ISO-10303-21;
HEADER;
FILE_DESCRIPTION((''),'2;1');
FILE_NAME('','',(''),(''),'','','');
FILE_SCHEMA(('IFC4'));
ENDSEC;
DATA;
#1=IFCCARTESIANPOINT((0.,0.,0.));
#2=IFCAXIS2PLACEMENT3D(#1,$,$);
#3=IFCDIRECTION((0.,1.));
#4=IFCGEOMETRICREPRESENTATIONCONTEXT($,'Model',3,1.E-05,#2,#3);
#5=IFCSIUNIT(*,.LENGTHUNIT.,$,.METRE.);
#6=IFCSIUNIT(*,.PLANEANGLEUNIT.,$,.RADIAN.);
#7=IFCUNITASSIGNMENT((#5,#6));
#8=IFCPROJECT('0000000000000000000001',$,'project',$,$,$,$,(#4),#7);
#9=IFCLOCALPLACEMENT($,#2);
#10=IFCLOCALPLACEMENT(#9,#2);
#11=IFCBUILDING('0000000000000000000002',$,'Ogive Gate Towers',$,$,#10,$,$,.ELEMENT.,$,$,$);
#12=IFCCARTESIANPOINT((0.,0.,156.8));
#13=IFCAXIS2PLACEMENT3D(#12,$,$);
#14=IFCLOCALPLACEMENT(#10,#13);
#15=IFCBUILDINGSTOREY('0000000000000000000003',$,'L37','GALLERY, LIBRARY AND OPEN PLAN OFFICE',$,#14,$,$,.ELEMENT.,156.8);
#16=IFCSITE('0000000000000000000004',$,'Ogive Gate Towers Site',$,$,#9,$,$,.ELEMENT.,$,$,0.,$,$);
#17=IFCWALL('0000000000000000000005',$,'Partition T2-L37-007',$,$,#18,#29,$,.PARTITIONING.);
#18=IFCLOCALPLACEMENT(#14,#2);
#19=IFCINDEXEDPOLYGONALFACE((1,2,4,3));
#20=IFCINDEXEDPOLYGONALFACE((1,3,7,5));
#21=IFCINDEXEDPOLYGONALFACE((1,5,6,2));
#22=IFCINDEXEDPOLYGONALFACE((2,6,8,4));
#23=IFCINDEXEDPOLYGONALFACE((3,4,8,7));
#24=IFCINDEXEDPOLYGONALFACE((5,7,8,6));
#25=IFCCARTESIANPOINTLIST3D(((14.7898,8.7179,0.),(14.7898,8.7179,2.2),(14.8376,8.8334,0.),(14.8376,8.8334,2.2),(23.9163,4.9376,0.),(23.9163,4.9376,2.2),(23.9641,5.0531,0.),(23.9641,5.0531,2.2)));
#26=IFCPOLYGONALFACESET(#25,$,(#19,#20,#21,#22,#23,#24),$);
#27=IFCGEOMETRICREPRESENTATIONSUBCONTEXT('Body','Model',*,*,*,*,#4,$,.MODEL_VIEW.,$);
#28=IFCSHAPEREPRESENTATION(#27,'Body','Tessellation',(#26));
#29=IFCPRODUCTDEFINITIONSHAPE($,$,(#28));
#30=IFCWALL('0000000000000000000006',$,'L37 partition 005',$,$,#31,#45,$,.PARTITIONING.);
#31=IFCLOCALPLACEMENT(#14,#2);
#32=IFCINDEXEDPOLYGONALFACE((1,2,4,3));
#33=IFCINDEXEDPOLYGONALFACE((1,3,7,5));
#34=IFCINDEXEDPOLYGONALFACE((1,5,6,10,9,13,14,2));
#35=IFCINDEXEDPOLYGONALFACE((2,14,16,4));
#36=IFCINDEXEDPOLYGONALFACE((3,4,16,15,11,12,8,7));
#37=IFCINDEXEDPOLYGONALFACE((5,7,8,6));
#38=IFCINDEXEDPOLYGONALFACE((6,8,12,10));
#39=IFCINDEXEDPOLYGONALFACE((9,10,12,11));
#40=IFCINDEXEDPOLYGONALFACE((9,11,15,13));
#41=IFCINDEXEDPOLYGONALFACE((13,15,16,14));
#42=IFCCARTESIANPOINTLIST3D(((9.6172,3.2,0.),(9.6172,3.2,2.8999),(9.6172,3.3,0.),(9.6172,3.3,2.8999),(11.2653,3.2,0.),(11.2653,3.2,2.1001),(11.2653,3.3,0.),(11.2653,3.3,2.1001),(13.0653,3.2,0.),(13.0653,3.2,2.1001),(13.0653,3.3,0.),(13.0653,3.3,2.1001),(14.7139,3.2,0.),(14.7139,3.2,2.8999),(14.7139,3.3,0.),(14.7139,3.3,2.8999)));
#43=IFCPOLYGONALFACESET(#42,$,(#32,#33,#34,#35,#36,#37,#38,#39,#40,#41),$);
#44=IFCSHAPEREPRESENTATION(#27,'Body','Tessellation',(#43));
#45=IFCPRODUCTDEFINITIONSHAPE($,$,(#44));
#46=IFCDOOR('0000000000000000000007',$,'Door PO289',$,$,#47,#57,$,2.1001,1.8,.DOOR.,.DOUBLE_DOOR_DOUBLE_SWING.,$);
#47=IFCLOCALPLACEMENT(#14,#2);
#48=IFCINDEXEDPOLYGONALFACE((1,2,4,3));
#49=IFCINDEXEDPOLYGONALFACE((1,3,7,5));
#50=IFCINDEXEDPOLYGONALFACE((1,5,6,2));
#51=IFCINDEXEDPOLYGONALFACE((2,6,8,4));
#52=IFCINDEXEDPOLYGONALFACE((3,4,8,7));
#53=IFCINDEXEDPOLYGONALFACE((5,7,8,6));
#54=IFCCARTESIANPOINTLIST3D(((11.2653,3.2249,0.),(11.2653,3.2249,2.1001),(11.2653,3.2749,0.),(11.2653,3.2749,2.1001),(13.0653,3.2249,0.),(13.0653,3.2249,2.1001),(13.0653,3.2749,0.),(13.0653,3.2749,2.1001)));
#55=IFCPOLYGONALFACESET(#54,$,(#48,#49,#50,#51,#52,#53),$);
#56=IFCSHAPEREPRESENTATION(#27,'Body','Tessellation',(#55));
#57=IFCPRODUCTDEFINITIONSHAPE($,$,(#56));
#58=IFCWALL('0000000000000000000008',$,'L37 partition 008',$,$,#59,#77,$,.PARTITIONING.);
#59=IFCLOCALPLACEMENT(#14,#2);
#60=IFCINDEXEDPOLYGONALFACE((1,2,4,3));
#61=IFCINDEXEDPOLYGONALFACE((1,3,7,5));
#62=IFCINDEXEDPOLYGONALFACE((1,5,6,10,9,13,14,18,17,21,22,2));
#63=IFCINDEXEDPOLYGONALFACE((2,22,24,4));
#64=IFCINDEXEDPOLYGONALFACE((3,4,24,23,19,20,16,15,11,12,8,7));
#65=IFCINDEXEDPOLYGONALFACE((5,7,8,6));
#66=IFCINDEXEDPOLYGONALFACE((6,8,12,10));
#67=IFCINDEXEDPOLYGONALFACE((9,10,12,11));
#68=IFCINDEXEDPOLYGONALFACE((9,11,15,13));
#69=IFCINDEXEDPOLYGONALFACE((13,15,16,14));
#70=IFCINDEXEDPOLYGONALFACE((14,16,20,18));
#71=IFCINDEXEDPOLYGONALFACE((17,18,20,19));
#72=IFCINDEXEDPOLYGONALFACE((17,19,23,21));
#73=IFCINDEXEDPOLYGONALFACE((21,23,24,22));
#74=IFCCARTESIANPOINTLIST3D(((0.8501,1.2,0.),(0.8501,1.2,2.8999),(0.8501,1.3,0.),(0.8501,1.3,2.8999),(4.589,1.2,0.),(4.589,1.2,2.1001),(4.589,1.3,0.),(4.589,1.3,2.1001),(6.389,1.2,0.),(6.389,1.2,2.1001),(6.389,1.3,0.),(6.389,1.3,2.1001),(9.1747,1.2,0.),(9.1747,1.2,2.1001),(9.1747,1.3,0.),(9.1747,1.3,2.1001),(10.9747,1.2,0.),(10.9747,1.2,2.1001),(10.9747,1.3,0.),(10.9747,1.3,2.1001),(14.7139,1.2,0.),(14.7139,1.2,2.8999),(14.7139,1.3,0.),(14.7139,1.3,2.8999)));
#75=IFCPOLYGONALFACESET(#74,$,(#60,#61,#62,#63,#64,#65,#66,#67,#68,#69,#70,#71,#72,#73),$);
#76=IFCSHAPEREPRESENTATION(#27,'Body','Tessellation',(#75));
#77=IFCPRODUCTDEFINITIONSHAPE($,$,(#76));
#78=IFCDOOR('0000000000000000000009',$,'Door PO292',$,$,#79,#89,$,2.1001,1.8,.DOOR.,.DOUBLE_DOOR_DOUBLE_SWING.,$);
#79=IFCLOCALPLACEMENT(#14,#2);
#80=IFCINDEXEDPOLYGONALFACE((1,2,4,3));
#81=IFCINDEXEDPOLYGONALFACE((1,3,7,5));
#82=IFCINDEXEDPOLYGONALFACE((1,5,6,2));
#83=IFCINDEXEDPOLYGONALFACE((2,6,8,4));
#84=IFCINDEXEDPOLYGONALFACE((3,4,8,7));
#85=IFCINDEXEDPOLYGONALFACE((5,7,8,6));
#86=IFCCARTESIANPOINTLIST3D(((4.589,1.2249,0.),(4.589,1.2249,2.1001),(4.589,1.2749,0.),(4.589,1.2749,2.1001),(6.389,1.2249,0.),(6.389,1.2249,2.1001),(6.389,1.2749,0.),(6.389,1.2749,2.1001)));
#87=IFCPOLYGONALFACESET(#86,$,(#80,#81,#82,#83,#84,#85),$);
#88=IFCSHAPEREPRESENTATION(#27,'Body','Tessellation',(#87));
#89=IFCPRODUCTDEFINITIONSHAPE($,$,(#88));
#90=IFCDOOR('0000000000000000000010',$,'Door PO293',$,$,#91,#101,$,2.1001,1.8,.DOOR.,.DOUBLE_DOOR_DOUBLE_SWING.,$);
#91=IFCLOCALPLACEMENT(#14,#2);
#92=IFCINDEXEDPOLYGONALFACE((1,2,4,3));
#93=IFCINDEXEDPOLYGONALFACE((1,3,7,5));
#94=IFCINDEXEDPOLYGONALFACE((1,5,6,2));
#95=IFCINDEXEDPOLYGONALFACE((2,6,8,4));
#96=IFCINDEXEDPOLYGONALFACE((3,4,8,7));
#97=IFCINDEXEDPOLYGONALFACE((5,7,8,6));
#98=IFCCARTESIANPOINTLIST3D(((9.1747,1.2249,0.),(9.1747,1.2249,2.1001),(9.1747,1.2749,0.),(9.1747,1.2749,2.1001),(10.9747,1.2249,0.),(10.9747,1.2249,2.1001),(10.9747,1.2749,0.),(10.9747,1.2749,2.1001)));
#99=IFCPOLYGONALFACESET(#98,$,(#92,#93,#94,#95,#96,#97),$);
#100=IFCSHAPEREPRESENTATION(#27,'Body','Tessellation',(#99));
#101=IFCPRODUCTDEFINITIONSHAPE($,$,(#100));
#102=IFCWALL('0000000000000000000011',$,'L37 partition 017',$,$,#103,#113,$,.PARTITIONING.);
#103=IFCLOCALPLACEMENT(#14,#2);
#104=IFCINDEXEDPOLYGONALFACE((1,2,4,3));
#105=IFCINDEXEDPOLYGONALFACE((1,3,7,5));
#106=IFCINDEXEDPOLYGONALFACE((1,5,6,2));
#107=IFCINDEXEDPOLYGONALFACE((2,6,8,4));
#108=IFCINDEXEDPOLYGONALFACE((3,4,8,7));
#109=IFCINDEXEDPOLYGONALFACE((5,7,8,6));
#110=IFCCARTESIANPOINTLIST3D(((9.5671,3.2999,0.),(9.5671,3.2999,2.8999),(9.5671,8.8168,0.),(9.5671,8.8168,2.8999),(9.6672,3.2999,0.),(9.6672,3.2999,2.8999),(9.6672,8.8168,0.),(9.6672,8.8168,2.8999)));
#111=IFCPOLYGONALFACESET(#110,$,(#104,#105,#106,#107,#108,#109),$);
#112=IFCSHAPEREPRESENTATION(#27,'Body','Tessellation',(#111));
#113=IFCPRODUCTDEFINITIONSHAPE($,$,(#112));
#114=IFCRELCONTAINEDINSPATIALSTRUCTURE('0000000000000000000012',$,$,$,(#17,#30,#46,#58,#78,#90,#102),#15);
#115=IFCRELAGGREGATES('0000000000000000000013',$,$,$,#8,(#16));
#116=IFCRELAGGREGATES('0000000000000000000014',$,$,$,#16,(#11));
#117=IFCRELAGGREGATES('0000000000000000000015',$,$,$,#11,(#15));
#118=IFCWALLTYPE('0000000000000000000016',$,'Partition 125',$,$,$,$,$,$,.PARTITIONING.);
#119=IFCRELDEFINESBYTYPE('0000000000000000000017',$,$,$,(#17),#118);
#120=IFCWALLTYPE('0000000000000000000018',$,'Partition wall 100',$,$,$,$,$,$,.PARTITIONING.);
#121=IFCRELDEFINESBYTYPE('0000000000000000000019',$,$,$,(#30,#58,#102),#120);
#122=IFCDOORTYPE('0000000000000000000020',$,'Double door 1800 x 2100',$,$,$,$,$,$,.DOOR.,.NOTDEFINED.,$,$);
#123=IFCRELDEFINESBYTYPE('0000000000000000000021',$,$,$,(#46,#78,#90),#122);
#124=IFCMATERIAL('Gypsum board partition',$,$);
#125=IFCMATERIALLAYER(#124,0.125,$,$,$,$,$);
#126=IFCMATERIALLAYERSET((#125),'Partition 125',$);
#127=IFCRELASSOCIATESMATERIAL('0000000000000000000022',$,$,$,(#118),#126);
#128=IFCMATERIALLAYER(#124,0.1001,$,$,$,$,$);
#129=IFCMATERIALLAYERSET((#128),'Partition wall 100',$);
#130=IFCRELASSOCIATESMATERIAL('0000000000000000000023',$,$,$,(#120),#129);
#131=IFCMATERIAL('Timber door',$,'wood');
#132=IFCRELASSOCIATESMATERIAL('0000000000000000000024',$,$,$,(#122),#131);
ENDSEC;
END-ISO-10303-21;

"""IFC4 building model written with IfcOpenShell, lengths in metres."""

from ifc_helpers import new_model, si_unit, direction, frame, frame_2d, origin, place, context, subcontext, project, spatial, rectangle, extrude, material, layer, layer_set, type_object, element, fill, save


model = new_model("IFC4")

# Units and contexts
model_context = context("Model", 3, precision=1e-05, world=origin(), true_north=direction((0.0, 1.0)))
body_context = subcontext(model_context, "Body", "Model", "MODEL_VIEW")
ifc_project = project(units=[si_unit("LENGTHUNIT", "METRE"), si_unit("PLANEANGLEUNIT", "RADIAN")], contexts=[model_context])

# Site, building, storey
site_placement = place(None, origin())
site = spatial("IfcSite", under=ifc_project, at=site_placement, Name="Ogive Gate Towers Site", CompositionType="ELEMENT", RefElevation=0.0)
building_placement = place(site_placement, origin())
building = spatial("IfcBuilding", under=site, at=building_placement, Name="Ogive Gate Towers", CompositionType="ELEMENT")
storey_placement = place(building_placement, frame((0.0, 0.0, 156.8)))
storey = spatial("IfcBuildingStorey", under=building, at=storey_placement, Name="L37", Description="GALLERY, LIBRARY AND OPEN PLAN OFFICE", CompositionType="ELEMENT", Elevation=156.8)

# Wall
ifc_material_1 = material(Name="Gypsum board partition")
ifc_layer_1 = layer(ifc_material_1, 0.125)
ifc_layer_set_1 = layer_set([ifc_layer_1], Name="Partition 125")
wall_type_1 = type_object("IfcWallType", Name="Partition 125", PredefinedType="PARTITIONING", material=ifc_layer_set_1)
wall_1_placement = place(storey_placement, frame((14.8137, 8.7756, 0.0), z_axis=(0.0, 0.0, 1.0), x_axis=(0.923881, -0.382681, 0.0)))
element("IfcWall", 1, at=wall_1_placement, inside=storey, type_object=wall_type_1, Name="Partition T2-L37-007", PredefinedType="PARTITIONING", context=body_context, shape_type="SweptSolid", body=[
    extrude(rectangle(XDim=9.8784, YDim=0.125, at=frame_2d((4.9392, 0.0))), origin(), (0.0, 0.0, 1.0), 2.2),
])

# Wall, opening, door
ifc_layer_2 = layer(ifc_material_1, 0.1001)
ifc_layer_set_2 = layer_set([ifc_layer_2], Name="Partition wall 100")
wall_type_2 = type_object("IfcWallType", Name="Partition wall 100", PredefinedType="PARTITIONING", material=ifc_layer_set_2)
wall_2_placement = place(storey_placement, frame((9.6172, 3.25, 0.0), z_axis=(0.0, 0.0, 1.0), x_axis=(1.0, 0.0, 0.0)))
wall_2 = element("IfcWall", 2, at=wall_2_placement, inside=storey, type_object=wall_type_2, Name="L37 partition 005", PredefinedType="PARTITIONING", context=body_context, shape_type="SweptSolid", body=[
    extrude(rectangle(XDim=5.0967, YDim=0.1001, at=frame_2d((2.5483, 0.0))), origin(), (0.0, 0.0, 1.0), 2.8999),
])
opening_1_placement = place(wall_2_placement, frame((1.6482, 0.0, 0.0)))
opening_1 = element("IfcOpeningElement", 3, at=opening_1_placement, cuts=wall_2, PredefinedType="OPENING", context=body_context, shape_type="SweptSolid", body=[
    extrude(rectangle(XDim=1.8, YDim=2.1001, at=frame_2d((0.8999, 1.05))), frame((0.0, 0.0601, 0.0), z_axis=(0.0, -1.0, 0.0), x_axis=(1.0, 0.0, 0.0)), (0.0, 0.0, 1.0), 0.1201),
])
ifc_material_2 = material(Name="Timber door", Category="wood")
door_type = type_object("IfcDoorType", Name="Double door 1800 x 2100", OperationType="NOTDEFINED", PredefinedType="DOOR", material=ifc_material_2)
door_1_placement = place(opening_1_placement, origin())
door_1 = element("IfcDoor", 4, at=door_1_placement, inside=storey, type_object=door_type, Name="Door PO289", OperationType="DOUBLE_DOOR_DOUBLE_SWING", OverallHeight=2.1001, OverallWidth=1.8, PredefinedType="DOOR", context=body_context, shape_type="SweptSolid", body=[
    extrude(rectangle(XDim=1.8, YDim=2.1001, at=frame_2d((0.8999, 1.05))), frame((0.0, 0.0249, 0.0), z_axis=(0.0, -1.0, 0.0), x_axis=(1.0, 0.0, 0.0)), (0.0, 0.0, 1.0), 0.05),
])
fill(opening_1, door_1)

# Wall, openings, doors
wall_3_placement = place(storey_placement, frame((0.8501, 1.25, 0.0), z_axis=(0.0, 0.0, 1.0), x_axis=(1.0, 0.0, 0.0)))
wall_3 = element("IfcWall", 5, at=wall_3_placement, inside=storey, type_object=wall_type_2, Name="L37 partition 008", PredefinedType="PARTITIONING", context=body_context, shape_type="SweptSolid", body=[
    extrude(rectangle(XDim=13.8638, YDim=0.1001, at=frame_2d((6.9319, 0.0))), origin(), (0.0, 0.0, 1.0), 2.8999),
])
opening_2_placement = place(wall_3_placement, frame((3.739, 0.0, 0.0)))
opening_2 = element("IfcOpeningElement", 6, at=opening_2_placement, cuts=wall_3, PredefinedType="OPENING", context=body_context, shape_type="SweptSolid", body=[
    extrude(rectangle(XDim=1.8, YDim=2.1001, at=frame_2d((0.8999, 1.05))), frame((0.0, 0.0601, 0.0), z_axis=(0.0, -1.0, 0.0), x_axis=(1.0, 0.0, 0.0)), (0.0, 0.0, 1.0), 0.1201),
])
opening_3_placement = place(wall_3_placement, frame((8.3247, 0.0, 0.0)))
opening_3 = element("IfcOpeningElement", 7, at=opening_3_placement, cuts=wall_3, PredefinedType="OPENING", context=body_context, shape_type="SweptSolid", body=[
    extrude(rectangle(XDim=1.8, YDim=2.1001, at=frame_2d((0.8999, 1.05))), frame((0.0, 0.0601, 0.0), z_axis=(0.0, -1.0, 0.0), x_axis=(1.0, 0.0, 0.0)), (0.0, 0.0, 1.0), 0.1201),
])
door_2_placement = place(opening_2_placement, origin())
door_2 = element("IfcDoor", 8, at=door_2_placement, inside=storey, type_object=door_type, Name="Door PO292", OperationType="DOUBLE_DOOR_DOUBLE_SWING", OverallHeight=2.1001, OverallWidth=1.8, PredefinedType="DOOR", context=body_context, shape_type="SweptSolid", body=[
    extrude(rectangle(XDim=1.8, YDim=2.1001, at=frame_2d((0.8999, 1.05))), frame((0.0, 0.0249, 0.0), z_axis=(0.0, -1.0, 0.0), x_axis=(1.0, 0.0, 0.0)), (0.0, 0.0, 1.0), 0.05),
])
fill(opening_2, door_2)
door_3_placement = place(opening_3_placement, origin())
door_3 = element("IfcDoor", 9, at=door_3_placement, inside=storey, type_object=door_type, Name="Door PO293", OperationType="DOUBLE_DOOR_DOUBLE_SWING", OverallHeight=2.1001, OverallWidth=1.8, PredefinedType="DOOR", context=body_context, shape_type="SweptSolid", body=[
    extrude(rectangle(XDim=1.8, YDim=2.1001, at=frame_2d((0.8999, 1.05))), frame((0.0, 0.0249, 0.0), z_axis=(0.0, -1.0, 0.0), x_axis=(1.0, 0.0, 0.0)), (0.0, 0.0, 1.0), 0.05),
])
fill(opening_3, door_3)

# Wall
wall_4_placement = place(storey_placement, frame((9.6172, 3.3, 0.0), z_axis=(0.0, 0.0, 1.0), x_axis=(0.0, 1.0, 0.0)))
element("IfcWall", 10, at=wall_4_placement, inside=storey, type_object=wall_type_2, Name="L37 partition 017", PredefinedType="PARTITIONING", context=body_context, shape_type="SweptSolid", body=[
    extrude(rectangle(XDim=5.5168, YDim=0.1001, at=frame_2d((2.7583, 0.0))), origin(), (0.0, 0.0, 1.0), 2.8999),
])

save(model, "model.ifc")
